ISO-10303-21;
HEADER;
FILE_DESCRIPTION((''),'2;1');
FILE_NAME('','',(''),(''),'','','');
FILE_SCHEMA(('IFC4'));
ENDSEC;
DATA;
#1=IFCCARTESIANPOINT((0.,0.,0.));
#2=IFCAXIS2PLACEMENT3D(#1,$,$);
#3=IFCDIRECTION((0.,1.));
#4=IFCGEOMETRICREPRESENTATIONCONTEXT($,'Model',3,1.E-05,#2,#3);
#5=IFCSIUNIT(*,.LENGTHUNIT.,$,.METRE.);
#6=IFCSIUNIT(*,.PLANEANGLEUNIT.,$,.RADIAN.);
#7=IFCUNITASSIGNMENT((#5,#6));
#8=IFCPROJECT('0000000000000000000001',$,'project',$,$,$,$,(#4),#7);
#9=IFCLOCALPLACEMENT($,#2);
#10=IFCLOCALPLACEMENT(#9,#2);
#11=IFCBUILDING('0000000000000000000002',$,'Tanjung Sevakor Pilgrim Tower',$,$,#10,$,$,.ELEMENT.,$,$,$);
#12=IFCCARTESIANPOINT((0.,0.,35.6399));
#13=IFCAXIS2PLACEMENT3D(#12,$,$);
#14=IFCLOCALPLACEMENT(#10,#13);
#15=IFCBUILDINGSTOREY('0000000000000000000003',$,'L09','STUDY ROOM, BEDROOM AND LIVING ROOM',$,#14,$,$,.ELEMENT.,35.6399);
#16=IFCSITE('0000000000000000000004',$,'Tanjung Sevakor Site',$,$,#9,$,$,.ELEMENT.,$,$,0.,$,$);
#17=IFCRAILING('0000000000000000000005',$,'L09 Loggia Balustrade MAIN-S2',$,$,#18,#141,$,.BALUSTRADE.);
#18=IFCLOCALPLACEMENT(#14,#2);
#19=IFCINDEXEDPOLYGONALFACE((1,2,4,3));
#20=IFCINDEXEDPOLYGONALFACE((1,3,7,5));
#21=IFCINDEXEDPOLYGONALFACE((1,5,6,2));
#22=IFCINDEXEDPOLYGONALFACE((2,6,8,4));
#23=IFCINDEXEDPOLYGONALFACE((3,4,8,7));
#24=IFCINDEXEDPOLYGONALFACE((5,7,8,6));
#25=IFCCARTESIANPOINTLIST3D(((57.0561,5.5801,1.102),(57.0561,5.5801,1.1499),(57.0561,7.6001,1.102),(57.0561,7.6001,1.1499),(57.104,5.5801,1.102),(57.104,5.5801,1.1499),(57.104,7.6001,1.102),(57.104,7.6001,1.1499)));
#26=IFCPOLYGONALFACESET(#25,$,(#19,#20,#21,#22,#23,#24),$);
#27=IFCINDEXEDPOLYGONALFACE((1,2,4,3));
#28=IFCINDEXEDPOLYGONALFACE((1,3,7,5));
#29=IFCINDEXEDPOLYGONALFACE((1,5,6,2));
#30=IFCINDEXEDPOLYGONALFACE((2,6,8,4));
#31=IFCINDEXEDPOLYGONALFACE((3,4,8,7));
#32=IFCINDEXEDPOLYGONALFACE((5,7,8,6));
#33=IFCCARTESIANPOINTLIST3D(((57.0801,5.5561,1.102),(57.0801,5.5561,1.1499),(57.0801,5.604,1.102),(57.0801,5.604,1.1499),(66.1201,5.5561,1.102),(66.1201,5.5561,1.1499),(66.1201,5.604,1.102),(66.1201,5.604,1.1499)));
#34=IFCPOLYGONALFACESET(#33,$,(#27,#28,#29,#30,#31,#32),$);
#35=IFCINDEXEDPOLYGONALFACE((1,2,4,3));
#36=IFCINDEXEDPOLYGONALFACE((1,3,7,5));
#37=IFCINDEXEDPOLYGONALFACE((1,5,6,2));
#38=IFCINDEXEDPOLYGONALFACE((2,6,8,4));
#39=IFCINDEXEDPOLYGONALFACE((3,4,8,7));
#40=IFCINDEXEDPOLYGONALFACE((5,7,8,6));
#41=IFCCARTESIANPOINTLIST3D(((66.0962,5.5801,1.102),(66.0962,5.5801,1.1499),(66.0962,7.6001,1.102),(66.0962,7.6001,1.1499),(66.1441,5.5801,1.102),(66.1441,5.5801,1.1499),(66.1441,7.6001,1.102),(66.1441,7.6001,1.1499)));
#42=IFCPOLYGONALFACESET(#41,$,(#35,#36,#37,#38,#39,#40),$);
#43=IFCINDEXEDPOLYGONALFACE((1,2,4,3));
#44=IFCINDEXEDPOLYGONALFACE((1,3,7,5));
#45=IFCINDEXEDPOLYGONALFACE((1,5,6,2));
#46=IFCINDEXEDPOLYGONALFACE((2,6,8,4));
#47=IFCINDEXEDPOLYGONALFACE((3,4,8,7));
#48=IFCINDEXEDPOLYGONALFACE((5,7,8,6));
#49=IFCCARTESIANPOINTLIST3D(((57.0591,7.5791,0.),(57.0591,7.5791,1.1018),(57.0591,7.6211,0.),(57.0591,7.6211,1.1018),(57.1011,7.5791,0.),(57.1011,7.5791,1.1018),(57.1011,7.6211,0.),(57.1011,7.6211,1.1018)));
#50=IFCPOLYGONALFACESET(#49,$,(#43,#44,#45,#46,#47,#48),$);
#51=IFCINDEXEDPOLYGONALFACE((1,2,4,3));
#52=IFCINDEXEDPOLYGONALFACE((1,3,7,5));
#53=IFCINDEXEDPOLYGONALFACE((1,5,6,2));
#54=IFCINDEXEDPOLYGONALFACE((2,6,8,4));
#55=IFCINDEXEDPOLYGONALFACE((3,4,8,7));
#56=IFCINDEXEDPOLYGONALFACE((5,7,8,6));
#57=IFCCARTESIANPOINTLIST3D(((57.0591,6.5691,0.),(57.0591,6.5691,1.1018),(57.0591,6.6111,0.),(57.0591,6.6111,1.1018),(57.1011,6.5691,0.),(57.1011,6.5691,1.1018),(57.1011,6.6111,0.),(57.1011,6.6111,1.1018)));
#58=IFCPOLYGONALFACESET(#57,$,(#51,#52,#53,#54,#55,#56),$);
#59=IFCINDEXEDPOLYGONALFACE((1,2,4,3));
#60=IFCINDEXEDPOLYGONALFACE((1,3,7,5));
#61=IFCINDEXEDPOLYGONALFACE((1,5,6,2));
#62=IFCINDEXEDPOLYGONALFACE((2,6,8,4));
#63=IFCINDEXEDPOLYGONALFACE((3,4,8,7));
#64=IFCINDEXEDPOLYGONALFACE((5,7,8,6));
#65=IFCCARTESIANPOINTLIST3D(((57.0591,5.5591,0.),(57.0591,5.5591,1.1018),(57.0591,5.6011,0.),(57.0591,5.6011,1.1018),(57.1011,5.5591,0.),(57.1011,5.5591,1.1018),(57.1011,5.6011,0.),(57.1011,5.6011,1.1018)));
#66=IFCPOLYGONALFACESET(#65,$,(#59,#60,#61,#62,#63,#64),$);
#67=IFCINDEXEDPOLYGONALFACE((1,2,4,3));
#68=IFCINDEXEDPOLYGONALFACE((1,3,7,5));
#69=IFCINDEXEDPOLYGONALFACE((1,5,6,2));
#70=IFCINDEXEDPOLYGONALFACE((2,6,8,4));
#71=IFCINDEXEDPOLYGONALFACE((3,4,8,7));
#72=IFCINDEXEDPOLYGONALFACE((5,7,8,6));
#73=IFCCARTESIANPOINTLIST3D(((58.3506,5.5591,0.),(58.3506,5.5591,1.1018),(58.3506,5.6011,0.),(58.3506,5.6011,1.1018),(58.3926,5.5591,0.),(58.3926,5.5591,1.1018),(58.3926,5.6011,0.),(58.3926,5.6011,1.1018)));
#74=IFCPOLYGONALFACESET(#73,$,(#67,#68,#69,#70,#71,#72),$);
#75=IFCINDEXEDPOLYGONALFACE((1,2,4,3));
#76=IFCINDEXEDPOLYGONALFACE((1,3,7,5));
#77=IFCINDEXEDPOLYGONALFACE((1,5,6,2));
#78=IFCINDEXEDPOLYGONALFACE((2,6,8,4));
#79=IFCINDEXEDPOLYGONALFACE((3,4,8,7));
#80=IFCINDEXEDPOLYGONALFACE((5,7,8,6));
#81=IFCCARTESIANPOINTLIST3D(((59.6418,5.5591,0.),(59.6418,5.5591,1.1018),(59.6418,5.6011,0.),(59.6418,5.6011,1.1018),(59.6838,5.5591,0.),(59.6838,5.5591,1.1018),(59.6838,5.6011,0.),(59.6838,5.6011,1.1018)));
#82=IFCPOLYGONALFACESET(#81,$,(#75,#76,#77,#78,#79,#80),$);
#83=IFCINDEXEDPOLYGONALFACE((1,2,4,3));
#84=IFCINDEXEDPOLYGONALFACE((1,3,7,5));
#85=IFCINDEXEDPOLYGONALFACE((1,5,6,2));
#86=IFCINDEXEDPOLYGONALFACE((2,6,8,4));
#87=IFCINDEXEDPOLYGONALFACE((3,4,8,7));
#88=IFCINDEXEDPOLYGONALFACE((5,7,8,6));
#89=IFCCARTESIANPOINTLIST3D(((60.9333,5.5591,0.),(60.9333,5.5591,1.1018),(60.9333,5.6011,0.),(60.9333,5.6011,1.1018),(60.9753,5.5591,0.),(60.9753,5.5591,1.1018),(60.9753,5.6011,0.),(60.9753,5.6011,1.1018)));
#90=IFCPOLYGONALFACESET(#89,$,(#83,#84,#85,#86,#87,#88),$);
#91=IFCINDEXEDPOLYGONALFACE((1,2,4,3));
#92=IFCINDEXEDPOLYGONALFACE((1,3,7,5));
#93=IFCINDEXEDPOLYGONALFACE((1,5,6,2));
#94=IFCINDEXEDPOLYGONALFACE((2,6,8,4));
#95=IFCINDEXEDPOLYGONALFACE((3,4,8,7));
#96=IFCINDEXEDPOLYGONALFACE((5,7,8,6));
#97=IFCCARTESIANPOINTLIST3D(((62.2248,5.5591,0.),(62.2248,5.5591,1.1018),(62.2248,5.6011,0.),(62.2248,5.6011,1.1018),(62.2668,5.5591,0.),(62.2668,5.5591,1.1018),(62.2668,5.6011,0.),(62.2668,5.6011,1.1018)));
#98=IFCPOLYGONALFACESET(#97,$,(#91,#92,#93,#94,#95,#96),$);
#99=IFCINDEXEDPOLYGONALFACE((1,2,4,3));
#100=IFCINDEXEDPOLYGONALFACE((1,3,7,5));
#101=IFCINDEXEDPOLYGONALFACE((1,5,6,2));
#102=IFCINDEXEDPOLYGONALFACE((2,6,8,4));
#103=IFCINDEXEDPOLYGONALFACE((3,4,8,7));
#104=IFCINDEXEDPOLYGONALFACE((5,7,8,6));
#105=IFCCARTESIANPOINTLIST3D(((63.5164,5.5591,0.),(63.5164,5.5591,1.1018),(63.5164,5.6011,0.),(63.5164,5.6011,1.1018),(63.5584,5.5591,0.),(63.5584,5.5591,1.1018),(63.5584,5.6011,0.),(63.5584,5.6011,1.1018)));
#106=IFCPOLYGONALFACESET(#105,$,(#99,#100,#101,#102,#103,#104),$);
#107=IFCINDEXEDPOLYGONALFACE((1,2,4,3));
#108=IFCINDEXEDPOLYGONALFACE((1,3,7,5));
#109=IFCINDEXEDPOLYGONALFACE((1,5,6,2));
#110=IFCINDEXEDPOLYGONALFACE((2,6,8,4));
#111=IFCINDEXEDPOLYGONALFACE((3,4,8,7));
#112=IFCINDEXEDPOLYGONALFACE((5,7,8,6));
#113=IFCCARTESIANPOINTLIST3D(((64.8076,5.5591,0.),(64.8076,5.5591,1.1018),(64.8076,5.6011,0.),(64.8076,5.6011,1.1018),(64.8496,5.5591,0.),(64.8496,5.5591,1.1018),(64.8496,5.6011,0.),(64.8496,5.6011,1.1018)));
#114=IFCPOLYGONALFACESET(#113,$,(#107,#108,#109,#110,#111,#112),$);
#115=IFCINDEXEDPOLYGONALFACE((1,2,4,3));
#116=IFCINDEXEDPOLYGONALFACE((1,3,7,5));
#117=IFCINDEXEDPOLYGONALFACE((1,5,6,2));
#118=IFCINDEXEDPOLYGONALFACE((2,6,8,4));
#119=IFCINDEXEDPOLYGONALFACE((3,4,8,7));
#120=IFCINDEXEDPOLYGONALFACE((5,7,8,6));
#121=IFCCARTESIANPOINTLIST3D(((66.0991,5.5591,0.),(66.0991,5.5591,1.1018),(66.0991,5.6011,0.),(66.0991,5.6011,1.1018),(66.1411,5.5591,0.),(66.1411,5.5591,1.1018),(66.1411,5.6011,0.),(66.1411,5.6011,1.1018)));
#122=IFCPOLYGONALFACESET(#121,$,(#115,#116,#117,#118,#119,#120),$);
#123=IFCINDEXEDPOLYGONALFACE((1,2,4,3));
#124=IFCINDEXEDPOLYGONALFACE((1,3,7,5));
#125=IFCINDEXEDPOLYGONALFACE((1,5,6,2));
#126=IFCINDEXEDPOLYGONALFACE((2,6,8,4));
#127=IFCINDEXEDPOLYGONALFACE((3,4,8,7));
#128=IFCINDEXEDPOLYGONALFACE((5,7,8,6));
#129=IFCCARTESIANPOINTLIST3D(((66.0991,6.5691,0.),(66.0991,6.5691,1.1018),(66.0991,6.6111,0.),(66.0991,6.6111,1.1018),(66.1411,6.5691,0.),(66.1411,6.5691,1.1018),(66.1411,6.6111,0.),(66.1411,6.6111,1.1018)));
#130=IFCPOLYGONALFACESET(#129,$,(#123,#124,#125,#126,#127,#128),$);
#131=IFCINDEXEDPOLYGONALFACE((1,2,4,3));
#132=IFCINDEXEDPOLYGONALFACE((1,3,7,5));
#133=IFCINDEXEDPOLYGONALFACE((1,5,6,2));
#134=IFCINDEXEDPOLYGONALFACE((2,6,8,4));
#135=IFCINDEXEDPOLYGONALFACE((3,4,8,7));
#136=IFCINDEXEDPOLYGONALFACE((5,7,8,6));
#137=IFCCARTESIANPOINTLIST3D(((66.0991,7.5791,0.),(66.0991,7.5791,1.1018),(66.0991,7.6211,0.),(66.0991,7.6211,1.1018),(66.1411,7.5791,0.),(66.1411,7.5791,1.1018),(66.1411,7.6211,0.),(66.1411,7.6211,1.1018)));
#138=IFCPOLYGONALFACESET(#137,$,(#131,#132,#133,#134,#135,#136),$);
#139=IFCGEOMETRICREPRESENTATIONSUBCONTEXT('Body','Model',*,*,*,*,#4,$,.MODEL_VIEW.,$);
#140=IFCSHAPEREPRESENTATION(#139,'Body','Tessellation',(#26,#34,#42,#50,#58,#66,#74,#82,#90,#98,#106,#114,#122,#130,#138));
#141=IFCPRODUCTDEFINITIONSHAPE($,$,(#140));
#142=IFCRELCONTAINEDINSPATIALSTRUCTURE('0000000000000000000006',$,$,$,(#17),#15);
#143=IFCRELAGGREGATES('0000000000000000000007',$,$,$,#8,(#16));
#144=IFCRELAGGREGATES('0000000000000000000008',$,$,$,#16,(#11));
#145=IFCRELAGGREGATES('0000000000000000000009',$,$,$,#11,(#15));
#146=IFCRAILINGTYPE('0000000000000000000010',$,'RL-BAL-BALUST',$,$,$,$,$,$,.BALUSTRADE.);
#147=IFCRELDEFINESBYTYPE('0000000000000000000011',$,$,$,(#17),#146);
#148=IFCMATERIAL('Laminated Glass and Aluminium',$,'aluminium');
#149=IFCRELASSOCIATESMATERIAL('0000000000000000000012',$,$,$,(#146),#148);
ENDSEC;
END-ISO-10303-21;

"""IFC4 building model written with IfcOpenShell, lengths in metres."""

from ifc_helpers import new_model, si_unit, direction, frame, origin, place, context, subcontext, project, spatial, rectangle, extrude, material, type_object, element, save


model = new_model("IFC4")

# Units and contexts
model_context = context("Model", 3, precision=1e-05, world=origin(), true_north=direction((0.0, 1.0)))
body_context = subcontext(model_context, "Body", "Model", "MODEL_VIEW")
ifc_project = project(units=[si_unit("LENGTHUNIT", "METRE"), si_unit("PLANEANGLEUNIT", "RADIAN")], contexts=[model_context])

# Site, building, storey
site_placement = place(None, origin())
site = spatial("IfcSite", under=ifc_project, at=site_placement, Name="Tanjung Sevakor Site", CompositionType="ELEMENT", RefElevation=0.0)
building_placement = place(site_placement, origin())
building = spatial("IfcBuilding", under=site, at=building_placement, Name="Tanjung Sevakor Pilgrim Tower", CompositionType="ELEMENT")
storey_placement = place(building_placement, frame((0.0, 0.0, 35.6399)))
storey = spatial("IfcBuildingStorey", under=building, at=storey_placement, Name="L09", Description="STUDY ROOM, BEDROOM AND LIVING ROOM", CompositionType="ELEMENT", Elevation=35.6399)

# Railing
ifc_material_1 = material(Name="Laminated Glass and Aluminium", Category="aluminium")
railing_type = type_object("IfcRailingType", Name="RL-BAL-BALUST", PredefinedType="BALUSTRADE", material=ifc_material_1)
railing_1_placement = place(storey_placement, frame((57.0801, 7.6001, 0.0)))
element("IfcRailing", 1, at=railing_1_placement, inside=storey, type_object=railing_type, Name="L09 Loggia Balustrade MAIN-S2", PredefinedType="BALUSTRADE", context=body_context, shape_type="SweptSolid", body=[
    extrude(rectangle(XDim=0.0479, YDim=0.0479), frame((0.0, 0.0, 1.126), z_axis=(0.0, -1.0, 0.0), x_axis=(1.0, 0.0, 0.0)), (0.0, 0.0, 1.0), 2.02),
    extrude(rectangle(XDim=0.0479, YDim=0.0479), frame((0.0, -2.02, 1.126), z_axis=(1.0, 0.0, 0.0), x_axis=(0.0, 1.0, 0.0)), (0.0, 0.0, 1.0), 9.04),
    extrude(rectangle(XDim=0.0479, YDim=0.0479), frame((9.04, -2.02, 1.126), z_axis=(0.0, 1.0, 0.0), x_axis=(-1.0, 0.0, 0.0)), (0.0, 0.0, 1.0), 2.02),
    extrude(rectangle(XDim=0.042, YDim=0.042), origin(), (0.0, 0.0, 1.0), 1.1018),
    extrude(rectangle(XDim=0.042, YDim=0.042), frame((0.0, -1.01, 0.0)), (0.0, 0.0, 1.0), 1.1018),
    extrude(rectangle(XDim=0.042, YDim=0.042), frame((0.0, -2.02, 0.0)), (0.0, 0.0, 1.0), 1.1018),
    extrude(rectangle(XDim=0.042, YDim=0.042), frame((1.2915, -2.02, 0.0)), (0.0, 0.0, 1.0), 1.1018),
    extrude(rectangle(XDim=0.042, YDim=0.042), frame((2.5828, -2.02, 0.0)), (0.0, 0.0, 1.0), 1.1018),
    extrude(rectangle(XDim=0.042, YDim=0.042), frame((3.8743, -2.02, 0.0)), (0.0, 0.0, 1.0), 1.1018),
    extrude(rectangle(XDim=0.042, YDim=0.042), frame((5.1658, -2.02, 0.0)), (0.0, 0.0, 1.0), 1.1018),
    extrude(rectangle(XDim=0.042, YDim=0.042), frame((6.4573, -2.02, 0.0)), (0.0, 0.0, 1.0), 1.1018),
    extrude(rectangle(XDim=0.042, YDim=0.042), frame((7.7485, -2.02, 0.0)), (0.0, 0.0, 1.0), 1.1018),
    extrude(rectangle(XDim=0.042, YDim=0.042), frame((9.04, -2.02, 0.0)), (0.0, 0.0, 1.0), 1.1018),
    extrude(rectangle(XDim=0.042, YDim=0.042), frame((9.04, -1.01, 0.0)), (0.0, 0.0, 1.0), 1.1018),
    extrude(rectangle(XDim=0.042, YDim=0.042), frame((9.04, 0.0, 0.0)), (0.0, 0.0, 1.0), 1.1018),
])

save(model, "model.ifc")
